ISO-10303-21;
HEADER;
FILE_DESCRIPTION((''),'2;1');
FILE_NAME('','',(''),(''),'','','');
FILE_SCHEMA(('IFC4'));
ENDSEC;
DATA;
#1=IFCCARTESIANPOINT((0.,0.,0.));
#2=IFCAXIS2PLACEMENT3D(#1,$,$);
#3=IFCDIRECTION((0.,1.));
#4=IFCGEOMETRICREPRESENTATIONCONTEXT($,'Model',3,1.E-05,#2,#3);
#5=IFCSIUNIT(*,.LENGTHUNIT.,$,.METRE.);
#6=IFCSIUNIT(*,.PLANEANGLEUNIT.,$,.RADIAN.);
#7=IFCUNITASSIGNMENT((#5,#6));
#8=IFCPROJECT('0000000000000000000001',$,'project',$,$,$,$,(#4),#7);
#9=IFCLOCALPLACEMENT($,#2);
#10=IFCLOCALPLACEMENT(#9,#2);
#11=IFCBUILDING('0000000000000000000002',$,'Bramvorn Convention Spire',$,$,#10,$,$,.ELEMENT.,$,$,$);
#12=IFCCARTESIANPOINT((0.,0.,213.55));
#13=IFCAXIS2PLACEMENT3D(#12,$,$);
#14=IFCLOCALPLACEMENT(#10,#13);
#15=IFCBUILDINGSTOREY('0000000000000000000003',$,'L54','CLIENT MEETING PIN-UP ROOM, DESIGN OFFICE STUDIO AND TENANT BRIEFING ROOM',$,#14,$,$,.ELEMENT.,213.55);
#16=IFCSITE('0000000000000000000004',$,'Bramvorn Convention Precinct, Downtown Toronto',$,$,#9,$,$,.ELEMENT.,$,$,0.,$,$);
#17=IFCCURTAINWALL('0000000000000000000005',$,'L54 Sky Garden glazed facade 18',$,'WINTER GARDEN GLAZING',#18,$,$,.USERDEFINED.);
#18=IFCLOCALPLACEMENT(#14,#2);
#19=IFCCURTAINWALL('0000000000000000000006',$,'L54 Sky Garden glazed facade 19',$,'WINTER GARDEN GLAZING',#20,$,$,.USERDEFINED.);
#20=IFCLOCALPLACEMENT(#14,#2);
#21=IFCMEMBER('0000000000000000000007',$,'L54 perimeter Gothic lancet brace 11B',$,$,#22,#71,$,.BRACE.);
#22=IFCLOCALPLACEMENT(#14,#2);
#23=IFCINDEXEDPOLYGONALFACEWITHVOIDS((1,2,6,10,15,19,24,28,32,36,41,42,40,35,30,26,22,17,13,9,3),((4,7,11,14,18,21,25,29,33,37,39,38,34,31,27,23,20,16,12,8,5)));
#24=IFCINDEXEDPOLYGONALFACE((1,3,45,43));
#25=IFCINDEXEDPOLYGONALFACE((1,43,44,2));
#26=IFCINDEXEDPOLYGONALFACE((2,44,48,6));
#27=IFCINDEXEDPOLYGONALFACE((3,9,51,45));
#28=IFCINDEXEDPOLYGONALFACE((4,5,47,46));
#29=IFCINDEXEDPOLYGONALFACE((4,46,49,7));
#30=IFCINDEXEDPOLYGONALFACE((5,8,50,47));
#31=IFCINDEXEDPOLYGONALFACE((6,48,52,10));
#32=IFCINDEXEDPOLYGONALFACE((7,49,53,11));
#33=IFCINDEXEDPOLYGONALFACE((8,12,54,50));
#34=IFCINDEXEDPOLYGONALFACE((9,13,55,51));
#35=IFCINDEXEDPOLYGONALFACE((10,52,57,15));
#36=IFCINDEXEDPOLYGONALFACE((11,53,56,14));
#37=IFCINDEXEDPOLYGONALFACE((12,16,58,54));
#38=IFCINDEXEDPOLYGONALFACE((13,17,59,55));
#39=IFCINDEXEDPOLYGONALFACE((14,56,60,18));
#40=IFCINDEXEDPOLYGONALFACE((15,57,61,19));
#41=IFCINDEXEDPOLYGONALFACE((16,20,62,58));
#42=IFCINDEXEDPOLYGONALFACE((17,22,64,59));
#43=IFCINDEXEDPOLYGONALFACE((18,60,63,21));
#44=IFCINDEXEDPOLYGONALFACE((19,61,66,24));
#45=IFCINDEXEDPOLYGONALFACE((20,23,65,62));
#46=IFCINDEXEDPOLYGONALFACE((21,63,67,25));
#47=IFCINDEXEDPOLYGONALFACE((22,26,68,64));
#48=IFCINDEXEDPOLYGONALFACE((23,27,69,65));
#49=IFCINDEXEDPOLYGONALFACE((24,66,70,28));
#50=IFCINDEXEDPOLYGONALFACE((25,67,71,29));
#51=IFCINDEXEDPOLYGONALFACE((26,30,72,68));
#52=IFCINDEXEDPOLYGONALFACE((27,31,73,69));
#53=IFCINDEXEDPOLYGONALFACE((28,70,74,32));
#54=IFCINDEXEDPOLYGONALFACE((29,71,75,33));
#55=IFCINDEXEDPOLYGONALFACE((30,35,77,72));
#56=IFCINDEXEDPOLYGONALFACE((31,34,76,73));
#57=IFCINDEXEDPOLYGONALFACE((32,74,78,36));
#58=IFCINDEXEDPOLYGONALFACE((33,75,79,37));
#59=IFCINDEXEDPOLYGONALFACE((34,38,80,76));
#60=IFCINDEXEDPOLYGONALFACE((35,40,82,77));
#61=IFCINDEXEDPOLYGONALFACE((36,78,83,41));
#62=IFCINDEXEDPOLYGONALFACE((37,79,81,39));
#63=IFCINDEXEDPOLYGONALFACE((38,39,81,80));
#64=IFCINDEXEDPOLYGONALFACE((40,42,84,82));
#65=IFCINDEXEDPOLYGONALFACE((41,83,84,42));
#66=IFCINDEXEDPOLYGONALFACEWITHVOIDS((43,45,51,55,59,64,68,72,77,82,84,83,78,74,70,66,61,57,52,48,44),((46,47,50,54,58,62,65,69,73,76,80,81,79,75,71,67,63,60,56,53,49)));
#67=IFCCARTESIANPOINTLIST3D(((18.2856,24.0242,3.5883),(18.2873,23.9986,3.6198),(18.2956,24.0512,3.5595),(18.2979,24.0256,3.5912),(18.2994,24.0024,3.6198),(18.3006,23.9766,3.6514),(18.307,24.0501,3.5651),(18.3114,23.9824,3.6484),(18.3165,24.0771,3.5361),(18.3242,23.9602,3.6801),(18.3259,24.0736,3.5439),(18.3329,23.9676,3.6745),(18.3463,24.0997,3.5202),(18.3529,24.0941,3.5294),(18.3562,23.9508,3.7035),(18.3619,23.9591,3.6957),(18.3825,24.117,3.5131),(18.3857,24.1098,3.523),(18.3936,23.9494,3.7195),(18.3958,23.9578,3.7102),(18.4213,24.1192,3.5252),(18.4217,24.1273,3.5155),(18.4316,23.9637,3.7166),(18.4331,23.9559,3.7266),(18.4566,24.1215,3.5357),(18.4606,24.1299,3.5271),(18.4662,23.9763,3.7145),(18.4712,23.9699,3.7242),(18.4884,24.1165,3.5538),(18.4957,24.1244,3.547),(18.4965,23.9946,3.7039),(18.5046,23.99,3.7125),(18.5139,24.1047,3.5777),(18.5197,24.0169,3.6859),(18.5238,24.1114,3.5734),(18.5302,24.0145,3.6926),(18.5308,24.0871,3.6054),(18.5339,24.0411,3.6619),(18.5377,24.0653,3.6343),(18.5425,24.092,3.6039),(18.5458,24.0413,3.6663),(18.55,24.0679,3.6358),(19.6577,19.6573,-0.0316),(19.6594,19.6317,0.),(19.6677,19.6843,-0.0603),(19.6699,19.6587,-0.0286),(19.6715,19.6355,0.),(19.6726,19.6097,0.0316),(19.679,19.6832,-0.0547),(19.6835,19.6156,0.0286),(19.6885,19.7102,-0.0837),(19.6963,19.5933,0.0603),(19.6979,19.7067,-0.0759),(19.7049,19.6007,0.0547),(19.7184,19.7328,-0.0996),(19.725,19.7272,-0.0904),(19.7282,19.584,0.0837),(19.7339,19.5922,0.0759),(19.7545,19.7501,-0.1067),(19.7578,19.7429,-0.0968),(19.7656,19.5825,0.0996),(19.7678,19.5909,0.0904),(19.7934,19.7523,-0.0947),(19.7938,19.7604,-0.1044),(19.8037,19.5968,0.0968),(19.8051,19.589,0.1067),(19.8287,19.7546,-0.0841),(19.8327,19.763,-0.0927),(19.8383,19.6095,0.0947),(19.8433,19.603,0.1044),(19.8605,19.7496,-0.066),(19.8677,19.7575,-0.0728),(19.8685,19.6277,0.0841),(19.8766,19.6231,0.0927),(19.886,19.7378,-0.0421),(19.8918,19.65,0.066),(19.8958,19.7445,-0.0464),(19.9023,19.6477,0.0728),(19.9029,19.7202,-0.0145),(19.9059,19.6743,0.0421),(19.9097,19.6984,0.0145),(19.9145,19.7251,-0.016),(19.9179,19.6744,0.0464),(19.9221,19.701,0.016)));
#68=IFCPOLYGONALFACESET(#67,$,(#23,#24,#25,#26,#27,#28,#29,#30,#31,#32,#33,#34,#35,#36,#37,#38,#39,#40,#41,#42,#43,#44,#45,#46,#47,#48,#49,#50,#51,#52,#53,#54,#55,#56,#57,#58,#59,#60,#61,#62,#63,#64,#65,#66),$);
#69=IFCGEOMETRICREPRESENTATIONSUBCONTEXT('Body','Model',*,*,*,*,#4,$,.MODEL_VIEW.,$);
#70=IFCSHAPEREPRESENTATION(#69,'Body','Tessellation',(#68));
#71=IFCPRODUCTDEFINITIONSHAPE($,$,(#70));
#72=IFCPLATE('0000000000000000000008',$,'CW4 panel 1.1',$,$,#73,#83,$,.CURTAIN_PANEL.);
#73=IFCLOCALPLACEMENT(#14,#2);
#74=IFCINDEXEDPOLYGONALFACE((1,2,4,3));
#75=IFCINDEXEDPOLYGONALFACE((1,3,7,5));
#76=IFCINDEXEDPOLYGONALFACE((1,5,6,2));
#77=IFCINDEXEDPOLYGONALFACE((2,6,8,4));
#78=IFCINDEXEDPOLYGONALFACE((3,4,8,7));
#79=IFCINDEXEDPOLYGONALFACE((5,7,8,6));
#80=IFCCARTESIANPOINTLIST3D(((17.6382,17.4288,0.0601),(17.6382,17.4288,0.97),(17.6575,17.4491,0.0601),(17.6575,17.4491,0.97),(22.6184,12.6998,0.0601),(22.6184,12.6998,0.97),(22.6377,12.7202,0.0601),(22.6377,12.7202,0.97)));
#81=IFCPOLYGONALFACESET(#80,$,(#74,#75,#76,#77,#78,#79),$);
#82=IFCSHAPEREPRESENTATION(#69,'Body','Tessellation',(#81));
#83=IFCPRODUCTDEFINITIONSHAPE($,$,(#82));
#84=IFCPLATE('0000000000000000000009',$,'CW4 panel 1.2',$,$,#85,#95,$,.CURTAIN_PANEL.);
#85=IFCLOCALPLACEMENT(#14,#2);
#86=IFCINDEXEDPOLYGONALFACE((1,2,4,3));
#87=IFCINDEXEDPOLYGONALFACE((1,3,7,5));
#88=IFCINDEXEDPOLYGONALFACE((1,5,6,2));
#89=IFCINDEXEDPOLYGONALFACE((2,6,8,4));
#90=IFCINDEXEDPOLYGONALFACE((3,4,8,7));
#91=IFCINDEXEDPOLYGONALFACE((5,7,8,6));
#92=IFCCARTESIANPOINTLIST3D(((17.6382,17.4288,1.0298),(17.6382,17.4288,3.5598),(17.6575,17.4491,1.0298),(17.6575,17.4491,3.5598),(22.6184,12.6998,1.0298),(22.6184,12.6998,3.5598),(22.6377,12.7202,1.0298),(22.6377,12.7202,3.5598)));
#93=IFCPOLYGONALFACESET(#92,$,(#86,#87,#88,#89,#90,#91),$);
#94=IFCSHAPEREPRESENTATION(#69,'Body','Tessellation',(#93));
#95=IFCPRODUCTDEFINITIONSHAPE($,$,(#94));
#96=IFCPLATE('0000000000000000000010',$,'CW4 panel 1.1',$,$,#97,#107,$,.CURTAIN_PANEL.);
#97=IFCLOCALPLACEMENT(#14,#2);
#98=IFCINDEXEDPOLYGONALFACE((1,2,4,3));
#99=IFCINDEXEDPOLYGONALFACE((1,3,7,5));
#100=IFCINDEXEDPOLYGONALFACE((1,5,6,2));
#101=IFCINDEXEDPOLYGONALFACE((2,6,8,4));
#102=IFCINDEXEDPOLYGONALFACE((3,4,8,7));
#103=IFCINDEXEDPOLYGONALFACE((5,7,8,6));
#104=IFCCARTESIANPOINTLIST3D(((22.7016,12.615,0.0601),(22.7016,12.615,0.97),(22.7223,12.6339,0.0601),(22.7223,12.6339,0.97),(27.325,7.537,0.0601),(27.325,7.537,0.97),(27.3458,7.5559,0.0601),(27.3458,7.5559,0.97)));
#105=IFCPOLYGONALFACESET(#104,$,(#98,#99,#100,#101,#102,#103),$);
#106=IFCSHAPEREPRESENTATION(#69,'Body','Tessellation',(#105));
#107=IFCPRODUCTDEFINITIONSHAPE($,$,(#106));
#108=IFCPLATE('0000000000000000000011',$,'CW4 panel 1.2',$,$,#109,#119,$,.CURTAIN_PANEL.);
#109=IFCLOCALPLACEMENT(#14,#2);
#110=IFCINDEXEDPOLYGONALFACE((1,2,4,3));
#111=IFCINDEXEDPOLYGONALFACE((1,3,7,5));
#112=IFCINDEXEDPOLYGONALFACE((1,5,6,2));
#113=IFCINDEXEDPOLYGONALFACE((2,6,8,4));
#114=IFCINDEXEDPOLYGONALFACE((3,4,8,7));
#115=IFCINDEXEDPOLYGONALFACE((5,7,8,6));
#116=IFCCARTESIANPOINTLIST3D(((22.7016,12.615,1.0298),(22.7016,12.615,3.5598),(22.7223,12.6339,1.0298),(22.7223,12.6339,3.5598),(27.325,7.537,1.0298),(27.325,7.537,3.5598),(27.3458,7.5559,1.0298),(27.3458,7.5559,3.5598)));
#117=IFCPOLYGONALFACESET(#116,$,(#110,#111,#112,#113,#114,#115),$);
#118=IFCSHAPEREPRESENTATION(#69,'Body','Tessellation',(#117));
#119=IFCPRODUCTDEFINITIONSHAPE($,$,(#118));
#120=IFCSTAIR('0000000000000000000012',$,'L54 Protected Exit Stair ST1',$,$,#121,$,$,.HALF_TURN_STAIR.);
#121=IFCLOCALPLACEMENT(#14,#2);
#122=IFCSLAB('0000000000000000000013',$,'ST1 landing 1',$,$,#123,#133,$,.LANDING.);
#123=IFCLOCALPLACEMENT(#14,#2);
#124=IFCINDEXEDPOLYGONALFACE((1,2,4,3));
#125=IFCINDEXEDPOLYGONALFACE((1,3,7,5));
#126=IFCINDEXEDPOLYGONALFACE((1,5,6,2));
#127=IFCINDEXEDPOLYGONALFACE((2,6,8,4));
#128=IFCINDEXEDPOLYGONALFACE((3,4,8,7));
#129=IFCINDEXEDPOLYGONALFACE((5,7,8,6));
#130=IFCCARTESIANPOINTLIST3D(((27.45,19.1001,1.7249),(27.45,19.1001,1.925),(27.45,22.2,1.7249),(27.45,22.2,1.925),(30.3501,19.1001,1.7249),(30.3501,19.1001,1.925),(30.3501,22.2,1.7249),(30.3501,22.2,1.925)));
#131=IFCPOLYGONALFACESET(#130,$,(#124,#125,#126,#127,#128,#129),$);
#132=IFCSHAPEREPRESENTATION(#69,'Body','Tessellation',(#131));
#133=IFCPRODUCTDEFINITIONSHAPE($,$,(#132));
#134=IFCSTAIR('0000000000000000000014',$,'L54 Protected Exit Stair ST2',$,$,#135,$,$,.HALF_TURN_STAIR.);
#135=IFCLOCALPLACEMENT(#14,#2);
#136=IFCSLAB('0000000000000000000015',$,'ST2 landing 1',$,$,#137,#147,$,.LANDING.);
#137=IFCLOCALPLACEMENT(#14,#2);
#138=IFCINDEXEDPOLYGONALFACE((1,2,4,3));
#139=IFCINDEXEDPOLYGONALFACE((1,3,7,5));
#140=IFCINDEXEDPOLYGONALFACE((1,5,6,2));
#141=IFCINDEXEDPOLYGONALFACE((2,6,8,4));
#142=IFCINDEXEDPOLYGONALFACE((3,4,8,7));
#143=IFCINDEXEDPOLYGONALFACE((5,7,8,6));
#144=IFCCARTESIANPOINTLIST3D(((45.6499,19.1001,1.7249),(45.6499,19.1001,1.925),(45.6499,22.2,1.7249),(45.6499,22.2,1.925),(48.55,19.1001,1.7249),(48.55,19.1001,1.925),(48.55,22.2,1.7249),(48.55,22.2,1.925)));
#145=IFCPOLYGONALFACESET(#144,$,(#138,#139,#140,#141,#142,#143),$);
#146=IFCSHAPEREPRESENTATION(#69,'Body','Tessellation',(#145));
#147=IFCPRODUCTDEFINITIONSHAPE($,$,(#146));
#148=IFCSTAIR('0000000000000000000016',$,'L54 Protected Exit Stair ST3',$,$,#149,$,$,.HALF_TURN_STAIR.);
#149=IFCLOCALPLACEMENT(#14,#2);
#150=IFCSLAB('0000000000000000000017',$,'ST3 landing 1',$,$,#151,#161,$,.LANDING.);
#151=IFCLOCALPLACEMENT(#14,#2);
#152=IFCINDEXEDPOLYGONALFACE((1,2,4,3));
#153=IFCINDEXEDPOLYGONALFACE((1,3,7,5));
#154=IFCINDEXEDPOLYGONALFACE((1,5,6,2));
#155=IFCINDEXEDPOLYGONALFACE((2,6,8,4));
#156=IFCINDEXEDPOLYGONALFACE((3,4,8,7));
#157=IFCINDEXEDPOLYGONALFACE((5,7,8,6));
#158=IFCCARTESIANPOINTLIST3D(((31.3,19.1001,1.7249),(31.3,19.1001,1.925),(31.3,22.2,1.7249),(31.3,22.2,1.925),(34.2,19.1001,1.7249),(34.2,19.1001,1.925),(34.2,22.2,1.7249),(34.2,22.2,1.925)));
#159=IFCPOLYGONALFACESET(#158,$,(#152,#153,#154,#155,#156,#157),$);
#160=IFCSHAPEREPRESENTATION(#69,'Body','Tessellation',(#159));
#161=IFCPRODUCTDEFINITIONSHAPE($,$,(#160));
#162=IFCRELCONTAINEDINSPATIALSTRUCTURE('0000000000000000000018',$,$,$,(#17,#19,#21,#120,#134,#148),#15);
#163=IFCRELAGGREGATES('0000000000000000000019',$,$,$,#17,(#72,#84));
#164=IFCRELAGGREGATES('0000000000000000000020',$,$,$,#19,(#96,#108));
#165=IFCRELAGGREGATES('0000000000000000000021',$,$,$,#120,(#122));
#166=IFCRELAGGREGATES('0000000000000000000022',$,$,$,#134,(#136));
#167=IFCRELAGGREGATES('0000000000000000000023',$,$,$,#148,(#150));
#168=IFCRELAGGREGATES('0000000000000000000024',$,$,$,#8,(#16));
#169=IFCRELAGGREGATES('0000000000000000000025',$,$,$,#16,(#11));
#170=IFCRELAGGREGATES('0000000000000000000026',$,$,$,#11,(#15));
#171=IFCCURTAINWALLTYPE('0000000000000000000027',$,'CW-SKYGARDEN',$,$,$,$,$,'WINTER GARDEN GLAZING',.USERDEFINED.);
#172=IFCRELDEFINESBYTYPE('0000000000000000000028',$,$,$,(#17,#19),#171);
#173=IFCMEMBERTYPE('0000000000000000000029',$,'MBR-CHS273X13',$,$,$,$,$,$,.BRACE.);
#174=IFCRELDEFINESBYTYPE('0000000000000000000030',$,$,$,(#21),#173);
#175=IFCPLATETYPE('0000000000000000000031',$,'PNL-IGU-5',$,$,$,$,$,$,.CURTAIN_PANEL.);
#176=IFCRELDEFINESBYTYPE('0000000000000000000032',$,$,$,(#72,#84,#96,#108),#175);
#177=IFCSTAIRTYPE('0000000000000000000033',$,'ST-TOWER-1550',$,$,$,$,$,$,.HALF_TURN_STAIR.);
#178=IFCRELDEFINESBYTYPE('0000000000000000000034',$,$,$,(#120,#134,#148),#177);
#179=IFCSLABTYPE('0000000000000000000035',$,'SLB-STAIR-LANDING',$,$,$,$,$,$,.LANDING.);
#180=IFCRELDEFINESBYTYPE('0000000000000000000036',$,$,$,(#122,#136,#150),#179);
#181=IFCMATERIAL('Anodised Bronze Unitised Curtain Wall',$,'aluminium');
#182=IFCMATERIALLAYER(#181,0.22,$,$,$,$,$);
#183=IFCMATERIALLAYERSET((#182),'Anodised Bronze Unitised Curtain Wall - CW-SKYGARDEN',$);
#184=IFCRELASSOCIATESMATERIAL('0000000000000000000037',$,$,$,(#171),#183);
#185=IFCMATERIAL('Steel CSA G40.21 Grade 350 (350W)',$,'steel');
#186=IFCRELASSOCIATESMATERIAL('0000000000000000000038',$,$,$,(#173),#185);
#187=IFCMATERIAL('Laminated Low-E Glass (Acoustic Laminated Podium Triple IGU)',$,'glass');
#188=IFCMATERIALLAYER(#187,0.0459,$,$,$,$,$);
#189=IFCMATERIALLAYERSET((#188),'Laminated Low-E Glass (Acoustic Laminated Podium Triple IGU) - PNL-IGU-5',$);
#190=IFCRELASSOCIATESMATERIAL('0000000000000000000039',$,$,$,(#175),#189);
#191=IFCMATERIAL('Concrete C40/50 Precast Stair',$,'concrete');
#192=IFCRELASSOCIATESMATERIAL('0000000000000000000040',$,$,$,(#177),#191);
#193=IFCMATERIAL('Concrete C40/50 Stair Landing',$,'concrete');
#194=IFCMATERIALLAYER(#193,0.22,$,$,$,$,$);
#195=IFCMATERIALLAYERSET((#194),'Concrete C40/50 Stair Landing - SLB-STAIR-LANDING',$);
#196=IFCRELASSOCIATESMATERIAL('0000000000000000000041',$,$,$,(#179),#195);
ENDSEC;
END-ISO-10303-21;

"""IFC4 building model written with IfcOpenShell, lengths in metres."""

from ifc_helpers import new_model, si_unit, direction, frame, origin, origin_2d, place, context, subcontext, project, spatial, polyline, rectangle, hollow_circle, outline, extrude, material, layer, layer_set, material_profile, profile_set, type_object, element, aggregate, save


model = new_model("IFC4")

# Units and contexts
model_context = context("Model", 3, precision=1e-05, world=origin(), true_north=direction((0.0, 1.0)))
body_context = subcontext(model_context, "Body", "Model", "MODEL_VIEW")
ifc_project = project(units=[si_unit("LENGTHUNIT", "METRE"), si_unit("PLANEANGLEUNIT", "RADIAN")], contexts=[model_context])

# Site, building, storey
site_placement = place(None, origin())
site = spatial("IfcSite", under=ifc_project, at=site_placement, Name="Bramvorn Convention Precinct, Downtown Toronto", CompositionType="ELEMENT", RefElevation=0.0)
building_placement = place(site_placement, origin())
building = spatial("IfcBuilding", under=site, at=building_placement, Name="Bramvorn Convention Spire", CompositionType="ELEMENT")
storey_placement = place(building_placement, frame((0.0, 0.0, 213.55)))
storey = spatial("IfcBuildingStorey", under=building, at=storey_placement, Name="L54", Description="CLIENT MEETING PIN-UP ROOM, DESIGN OFFICE STUDIO AND TENANT BRIEFING ROOM", CompositionType="ELEMENT", Elevation=213.55)

# Shared definitions
ifc_material_1 = material(Name="Steel CSA G40.21 Grade 350 (350W)", Category="steel")

# Curtain wall
ifc_material_2 = material(Name="Anodised Bronze Unitised Curtain Wall", Category="aluminium")
ifc_layer_1 = layer(ifc_material_2, 0.22)
ifc_layer_set_1 = layer_set([ifc_layer_1], Name="Anodised Bronze Unitised Curtain Wall - CW-SKYGARDEN")
curtain_wall_type = type_object("IfcCurtainWallType", Name="CW-SKYGARDEN", ElementType="WINTER GARDEN GLAZING", PredefinedType="USERDEFINED", material=ifc_layer_set_1)
curtain_wall_1_placement = place(storey_placement, origin())
curtain_wall_1 = element("IfcCurtainWall", 1, at=curtain_wall_1_placement, inside=storey, type_object=curtain_wall_type, Name="L54 Sky Garden glazed facade 18", ObjectType="WINTER GARDEN GLAZING", PredefinedType="USERDEFINED")

# Curtain wall
curtain_wall_2_placement = place(storey_placement, origin())
curtain_wall_2 = element("IfcCurtainWall", 2, at=curtain_wall_2_placement, inside=storey, type_object=curtain_wall_type, Name="L54 Sky Garden glazed facade 19", ObjectType="WINTER GARDEN GLAZING", PredefinedType="USERDEFINED")

# Member
ifc_material_profile_1 = material_profile(ifc_material_1, hollow_circle(Radius=0.1365, WallThickness=0.0127, at=origin_2d()))
ifc_profile_set_1 = profile_set([ifc_material_profile_1], Name="Steel CSA G40.21 Grade 350 (350W) - CHS273X13")
member_type_1 = type_object("IfcMemberType", Name="MBR-CHS273X13", PredefinedType="BRACE", material=ifc_profile_set_1)
member_1_placement = place(storey_placement, frame((19.7896, 19.6726, 0.0), z_axis=(-0.235114, 0.748306, 0.62029), x_axis=(-0.954019, -0.299748, 0.0)))
element("IfcMember", 3, at=member_1_placement, inside=storey, type_object=member_type_1, Name="L54 perimeter Gothic lancet brace 11B", PredefinedType="BRACE", context=body_context, shape_type="SweptSolid", body=[
    extrude(hollow_circle(Radius=0.1365, WallThickness=0.0127, at=origin_2d()), origin(), (0.0, 0.0, 1.0), 5.8357),
])

# Plates
ifc_material_3 = material(Name="Laminated Low-E Glass (Acoustic Laminated Podium Triple IGU)", Category="glass")
ifc_layer_2 = layer(ifc_material_3, 0.0459)
ifc_layer_set_2 = layer_set([ifc_layer_2], Name="Laminated Low-E Glass (Acoustic Laminated Podium Triple IGU) - PNL-IGU-5")
plate_type = type_object("IfcPlateType", Name="PNL-IGU-5", PredefinedType="CURTAIN_PANEL", material=ifc_layer_set_2)
plate_1_placement = place(storey_placement, frame((20.1379, 15.0745, 0.0601), z_axis=(0.0, 0.0, 1.0), x_axis=(-0.72516, 0.688581, 0.0)))
plate_1 = element("IfcPlate", 4, at=plate_1_placement, type_object=plate_type, Name="CW4 panel 1.1", PredefinedType="CURTAIN_PANEL", context=body_context, shape_type="SweptSolid", body=[
    extrude(rectangle(XDim=6.8677, YDim=0.0281, at=origin_2d()), origin(), (0.0, 0.0, 1.0), 0.9099),
])
plate_2_placement = place(storey_placement, frame((20.1379, 15.0745, 1.0298), z_axis=(0.0, 0.0, 1.0), x_axis=(-0.72516, 0.688581, 0.0)))
plate_2 = element("IfcPlate", 5, at=plate_2_placement, type_object=plate_type, Name="CW4 panel 1.2", PredefinedType="CURTAIN_PANEL", context=body_context, shape_type="SweptSolid", body=[
    extrude(rectangle(XDim=6.8677, YDim=0.0281, at=origin_2d()), origin(), (0.0, 0.0, 1.0), 2.53),
])
aggregate(curtain_wall_1, [plate_1, plate_2])
plate_3_placement = place(storey_placement, frame((25.0237, 10.0854, 0.0601), z_axis=(0.0, 0.0, 1.0), x_axis=(-0.673245, 0.73942, 0.0)))
plate_3 = element("IfcPlate", 6, at=plate_3_placement, type_object=plate_type, Name="CW4 panel 1.1", PredefinedType="CURTAIN_PANEL", context=body_context, shape_type="SweptSolid", body=[
    extrude(rectangle(XDim=6.8674, YDim=0.0281, at=origin_2d()), origin(), (0.0, 0.0, 1.0), 0.9099),
])
plate_4_placement = place(storey_placement, frame((25.0237, 10.0854, 1.0298), z_axis=(0.0, 0.0, 1.0), x_axis=(-0.673245, 0.73942, 0.0)))
plate_4 = element("IfcPlate", 7, at=plate_4_placement, type_object=plate_type, Name="CW4 panel 1.2", PredefinedType="CURTAIN_PANEL", context=body_context, shape_type="SweptSolid", body=[
    extrude(rectangle(XDim=6.8674, YDim=0.0281, at=origin_2d()), origin(), (0.0, 0.0, 1.0), 2.53),
])
aggregate(curtain_wall_2, [plate_3, plate_4])

# Stairs, slabs
ifc_material_4 = material(Name="Concrete C40/50 Precast Stair", Category="concrete")
stair_type = type_object("IfcStairType", Name="ST-TOWER-1550", PredefinedType="HALF_TURN_STAIR", material=ifc_material_4)
stair_1_placement = place(storey_placement, origin())
stair_1 = element("IfcStair", 8, at=stair_1_placement, inside=storey, type_object=stair_type, Name="L54 Protected Exit Stair ST1", PredefinedType="HALF_TURN_STAIR")
ifc_material_5 = material(Name="Concrete C40/50 Stair Landing", Category="concrete")
ifc_layer_3 = layer(ifc_material_5, 0.22)
ifc_layer_set_3 = layer_set([ifc_layer_3], Name="Concrete C40/50 Stair Landing - SLB-STAIR-LANDING")
slab_type_1 = type_object("IfcSlabType", Name="SLB-STAIR-LANDING", PredefinedType="LANDING", material=ifc_layer_set_3)
slab_1_placement = place(storey_placement, frame((0.0, 0.0, 1.7249)))
slab_1 = element("IfcSlab", 9, at=slab_1_placement, type_object=slab_type_1, Name="ST1 landing 1", PredefinedType="LANDING", context=body_context, shape_type="SweptSolid", body=[
    extrude(outline(polyline([(27.45, 22.2), (27.45, 19.1001), (30.3501, 19.1001), (30.3501, 22.2), (27.45, 22.2)])), origin(), (0.0, 0.0, 1.0), 0.2002),
])
aggregate(stair_1, [slab_1])
stair_2_placement = place(storey_placement, origin())
stair_2 = element("IfcStair", 10, at=stair_2_placement, inside=storey, type_object=stair_type, Name="L54 Protected Exit Stair ST2", PredefinedType="HALF_TURN_STAIR")
slab_2_placement = place(storey_placement, frame((0.0, 0.0, 1.7249)))
slab_2 = element("IfcSlab", 11, at=slab_2_placement, type_object=slab_type_1, Name="ST2 landing 1", PredefinedType="LANDING", context=body_context, shape_type="SweptSolid", body=[
    extrude(outline(polyline([(45.6499, 22.2), (45.6499, 19.1001), (48.55, 19.1001), (48.55, 22.2), (45.6499, 22.2)])), origin(), (0.0, 0.0, 1.0), 0.2002),
])
aggregate(stair_2, [slab_2])
stair_3_placement = place(storey_placement, origin())
stair_3 = element("IfcStair", 12, at=stair_3_placement, inside=storey, type_object=stair_type, Name="L54 Protected Exit Stair ST3", PredefinedType="HALF_TURN_STAIR")
slab_3_placement = place(storey_placement, frame((0.0, 0.0, 1.7249)))
slab_3 = element("IfcSlab", 13, at=slab_3_placement, type_object=slab_type_1, Name="ST3 landing 1", PredefinedType="LANDING", context=body_context, shape_type="SweptSolid", body=[
    extrude(outline(polyline([(31.3, 22.2), (31.3, 19.1001), (34.2, 19.1001), (34.2, 22.2), (31.3, 22.2)])), origin(), (0.0, 0.0, 1.0), 0.2002),
])
aggregate(stair_3, [slab_3])

save(model, "model.ifc")
